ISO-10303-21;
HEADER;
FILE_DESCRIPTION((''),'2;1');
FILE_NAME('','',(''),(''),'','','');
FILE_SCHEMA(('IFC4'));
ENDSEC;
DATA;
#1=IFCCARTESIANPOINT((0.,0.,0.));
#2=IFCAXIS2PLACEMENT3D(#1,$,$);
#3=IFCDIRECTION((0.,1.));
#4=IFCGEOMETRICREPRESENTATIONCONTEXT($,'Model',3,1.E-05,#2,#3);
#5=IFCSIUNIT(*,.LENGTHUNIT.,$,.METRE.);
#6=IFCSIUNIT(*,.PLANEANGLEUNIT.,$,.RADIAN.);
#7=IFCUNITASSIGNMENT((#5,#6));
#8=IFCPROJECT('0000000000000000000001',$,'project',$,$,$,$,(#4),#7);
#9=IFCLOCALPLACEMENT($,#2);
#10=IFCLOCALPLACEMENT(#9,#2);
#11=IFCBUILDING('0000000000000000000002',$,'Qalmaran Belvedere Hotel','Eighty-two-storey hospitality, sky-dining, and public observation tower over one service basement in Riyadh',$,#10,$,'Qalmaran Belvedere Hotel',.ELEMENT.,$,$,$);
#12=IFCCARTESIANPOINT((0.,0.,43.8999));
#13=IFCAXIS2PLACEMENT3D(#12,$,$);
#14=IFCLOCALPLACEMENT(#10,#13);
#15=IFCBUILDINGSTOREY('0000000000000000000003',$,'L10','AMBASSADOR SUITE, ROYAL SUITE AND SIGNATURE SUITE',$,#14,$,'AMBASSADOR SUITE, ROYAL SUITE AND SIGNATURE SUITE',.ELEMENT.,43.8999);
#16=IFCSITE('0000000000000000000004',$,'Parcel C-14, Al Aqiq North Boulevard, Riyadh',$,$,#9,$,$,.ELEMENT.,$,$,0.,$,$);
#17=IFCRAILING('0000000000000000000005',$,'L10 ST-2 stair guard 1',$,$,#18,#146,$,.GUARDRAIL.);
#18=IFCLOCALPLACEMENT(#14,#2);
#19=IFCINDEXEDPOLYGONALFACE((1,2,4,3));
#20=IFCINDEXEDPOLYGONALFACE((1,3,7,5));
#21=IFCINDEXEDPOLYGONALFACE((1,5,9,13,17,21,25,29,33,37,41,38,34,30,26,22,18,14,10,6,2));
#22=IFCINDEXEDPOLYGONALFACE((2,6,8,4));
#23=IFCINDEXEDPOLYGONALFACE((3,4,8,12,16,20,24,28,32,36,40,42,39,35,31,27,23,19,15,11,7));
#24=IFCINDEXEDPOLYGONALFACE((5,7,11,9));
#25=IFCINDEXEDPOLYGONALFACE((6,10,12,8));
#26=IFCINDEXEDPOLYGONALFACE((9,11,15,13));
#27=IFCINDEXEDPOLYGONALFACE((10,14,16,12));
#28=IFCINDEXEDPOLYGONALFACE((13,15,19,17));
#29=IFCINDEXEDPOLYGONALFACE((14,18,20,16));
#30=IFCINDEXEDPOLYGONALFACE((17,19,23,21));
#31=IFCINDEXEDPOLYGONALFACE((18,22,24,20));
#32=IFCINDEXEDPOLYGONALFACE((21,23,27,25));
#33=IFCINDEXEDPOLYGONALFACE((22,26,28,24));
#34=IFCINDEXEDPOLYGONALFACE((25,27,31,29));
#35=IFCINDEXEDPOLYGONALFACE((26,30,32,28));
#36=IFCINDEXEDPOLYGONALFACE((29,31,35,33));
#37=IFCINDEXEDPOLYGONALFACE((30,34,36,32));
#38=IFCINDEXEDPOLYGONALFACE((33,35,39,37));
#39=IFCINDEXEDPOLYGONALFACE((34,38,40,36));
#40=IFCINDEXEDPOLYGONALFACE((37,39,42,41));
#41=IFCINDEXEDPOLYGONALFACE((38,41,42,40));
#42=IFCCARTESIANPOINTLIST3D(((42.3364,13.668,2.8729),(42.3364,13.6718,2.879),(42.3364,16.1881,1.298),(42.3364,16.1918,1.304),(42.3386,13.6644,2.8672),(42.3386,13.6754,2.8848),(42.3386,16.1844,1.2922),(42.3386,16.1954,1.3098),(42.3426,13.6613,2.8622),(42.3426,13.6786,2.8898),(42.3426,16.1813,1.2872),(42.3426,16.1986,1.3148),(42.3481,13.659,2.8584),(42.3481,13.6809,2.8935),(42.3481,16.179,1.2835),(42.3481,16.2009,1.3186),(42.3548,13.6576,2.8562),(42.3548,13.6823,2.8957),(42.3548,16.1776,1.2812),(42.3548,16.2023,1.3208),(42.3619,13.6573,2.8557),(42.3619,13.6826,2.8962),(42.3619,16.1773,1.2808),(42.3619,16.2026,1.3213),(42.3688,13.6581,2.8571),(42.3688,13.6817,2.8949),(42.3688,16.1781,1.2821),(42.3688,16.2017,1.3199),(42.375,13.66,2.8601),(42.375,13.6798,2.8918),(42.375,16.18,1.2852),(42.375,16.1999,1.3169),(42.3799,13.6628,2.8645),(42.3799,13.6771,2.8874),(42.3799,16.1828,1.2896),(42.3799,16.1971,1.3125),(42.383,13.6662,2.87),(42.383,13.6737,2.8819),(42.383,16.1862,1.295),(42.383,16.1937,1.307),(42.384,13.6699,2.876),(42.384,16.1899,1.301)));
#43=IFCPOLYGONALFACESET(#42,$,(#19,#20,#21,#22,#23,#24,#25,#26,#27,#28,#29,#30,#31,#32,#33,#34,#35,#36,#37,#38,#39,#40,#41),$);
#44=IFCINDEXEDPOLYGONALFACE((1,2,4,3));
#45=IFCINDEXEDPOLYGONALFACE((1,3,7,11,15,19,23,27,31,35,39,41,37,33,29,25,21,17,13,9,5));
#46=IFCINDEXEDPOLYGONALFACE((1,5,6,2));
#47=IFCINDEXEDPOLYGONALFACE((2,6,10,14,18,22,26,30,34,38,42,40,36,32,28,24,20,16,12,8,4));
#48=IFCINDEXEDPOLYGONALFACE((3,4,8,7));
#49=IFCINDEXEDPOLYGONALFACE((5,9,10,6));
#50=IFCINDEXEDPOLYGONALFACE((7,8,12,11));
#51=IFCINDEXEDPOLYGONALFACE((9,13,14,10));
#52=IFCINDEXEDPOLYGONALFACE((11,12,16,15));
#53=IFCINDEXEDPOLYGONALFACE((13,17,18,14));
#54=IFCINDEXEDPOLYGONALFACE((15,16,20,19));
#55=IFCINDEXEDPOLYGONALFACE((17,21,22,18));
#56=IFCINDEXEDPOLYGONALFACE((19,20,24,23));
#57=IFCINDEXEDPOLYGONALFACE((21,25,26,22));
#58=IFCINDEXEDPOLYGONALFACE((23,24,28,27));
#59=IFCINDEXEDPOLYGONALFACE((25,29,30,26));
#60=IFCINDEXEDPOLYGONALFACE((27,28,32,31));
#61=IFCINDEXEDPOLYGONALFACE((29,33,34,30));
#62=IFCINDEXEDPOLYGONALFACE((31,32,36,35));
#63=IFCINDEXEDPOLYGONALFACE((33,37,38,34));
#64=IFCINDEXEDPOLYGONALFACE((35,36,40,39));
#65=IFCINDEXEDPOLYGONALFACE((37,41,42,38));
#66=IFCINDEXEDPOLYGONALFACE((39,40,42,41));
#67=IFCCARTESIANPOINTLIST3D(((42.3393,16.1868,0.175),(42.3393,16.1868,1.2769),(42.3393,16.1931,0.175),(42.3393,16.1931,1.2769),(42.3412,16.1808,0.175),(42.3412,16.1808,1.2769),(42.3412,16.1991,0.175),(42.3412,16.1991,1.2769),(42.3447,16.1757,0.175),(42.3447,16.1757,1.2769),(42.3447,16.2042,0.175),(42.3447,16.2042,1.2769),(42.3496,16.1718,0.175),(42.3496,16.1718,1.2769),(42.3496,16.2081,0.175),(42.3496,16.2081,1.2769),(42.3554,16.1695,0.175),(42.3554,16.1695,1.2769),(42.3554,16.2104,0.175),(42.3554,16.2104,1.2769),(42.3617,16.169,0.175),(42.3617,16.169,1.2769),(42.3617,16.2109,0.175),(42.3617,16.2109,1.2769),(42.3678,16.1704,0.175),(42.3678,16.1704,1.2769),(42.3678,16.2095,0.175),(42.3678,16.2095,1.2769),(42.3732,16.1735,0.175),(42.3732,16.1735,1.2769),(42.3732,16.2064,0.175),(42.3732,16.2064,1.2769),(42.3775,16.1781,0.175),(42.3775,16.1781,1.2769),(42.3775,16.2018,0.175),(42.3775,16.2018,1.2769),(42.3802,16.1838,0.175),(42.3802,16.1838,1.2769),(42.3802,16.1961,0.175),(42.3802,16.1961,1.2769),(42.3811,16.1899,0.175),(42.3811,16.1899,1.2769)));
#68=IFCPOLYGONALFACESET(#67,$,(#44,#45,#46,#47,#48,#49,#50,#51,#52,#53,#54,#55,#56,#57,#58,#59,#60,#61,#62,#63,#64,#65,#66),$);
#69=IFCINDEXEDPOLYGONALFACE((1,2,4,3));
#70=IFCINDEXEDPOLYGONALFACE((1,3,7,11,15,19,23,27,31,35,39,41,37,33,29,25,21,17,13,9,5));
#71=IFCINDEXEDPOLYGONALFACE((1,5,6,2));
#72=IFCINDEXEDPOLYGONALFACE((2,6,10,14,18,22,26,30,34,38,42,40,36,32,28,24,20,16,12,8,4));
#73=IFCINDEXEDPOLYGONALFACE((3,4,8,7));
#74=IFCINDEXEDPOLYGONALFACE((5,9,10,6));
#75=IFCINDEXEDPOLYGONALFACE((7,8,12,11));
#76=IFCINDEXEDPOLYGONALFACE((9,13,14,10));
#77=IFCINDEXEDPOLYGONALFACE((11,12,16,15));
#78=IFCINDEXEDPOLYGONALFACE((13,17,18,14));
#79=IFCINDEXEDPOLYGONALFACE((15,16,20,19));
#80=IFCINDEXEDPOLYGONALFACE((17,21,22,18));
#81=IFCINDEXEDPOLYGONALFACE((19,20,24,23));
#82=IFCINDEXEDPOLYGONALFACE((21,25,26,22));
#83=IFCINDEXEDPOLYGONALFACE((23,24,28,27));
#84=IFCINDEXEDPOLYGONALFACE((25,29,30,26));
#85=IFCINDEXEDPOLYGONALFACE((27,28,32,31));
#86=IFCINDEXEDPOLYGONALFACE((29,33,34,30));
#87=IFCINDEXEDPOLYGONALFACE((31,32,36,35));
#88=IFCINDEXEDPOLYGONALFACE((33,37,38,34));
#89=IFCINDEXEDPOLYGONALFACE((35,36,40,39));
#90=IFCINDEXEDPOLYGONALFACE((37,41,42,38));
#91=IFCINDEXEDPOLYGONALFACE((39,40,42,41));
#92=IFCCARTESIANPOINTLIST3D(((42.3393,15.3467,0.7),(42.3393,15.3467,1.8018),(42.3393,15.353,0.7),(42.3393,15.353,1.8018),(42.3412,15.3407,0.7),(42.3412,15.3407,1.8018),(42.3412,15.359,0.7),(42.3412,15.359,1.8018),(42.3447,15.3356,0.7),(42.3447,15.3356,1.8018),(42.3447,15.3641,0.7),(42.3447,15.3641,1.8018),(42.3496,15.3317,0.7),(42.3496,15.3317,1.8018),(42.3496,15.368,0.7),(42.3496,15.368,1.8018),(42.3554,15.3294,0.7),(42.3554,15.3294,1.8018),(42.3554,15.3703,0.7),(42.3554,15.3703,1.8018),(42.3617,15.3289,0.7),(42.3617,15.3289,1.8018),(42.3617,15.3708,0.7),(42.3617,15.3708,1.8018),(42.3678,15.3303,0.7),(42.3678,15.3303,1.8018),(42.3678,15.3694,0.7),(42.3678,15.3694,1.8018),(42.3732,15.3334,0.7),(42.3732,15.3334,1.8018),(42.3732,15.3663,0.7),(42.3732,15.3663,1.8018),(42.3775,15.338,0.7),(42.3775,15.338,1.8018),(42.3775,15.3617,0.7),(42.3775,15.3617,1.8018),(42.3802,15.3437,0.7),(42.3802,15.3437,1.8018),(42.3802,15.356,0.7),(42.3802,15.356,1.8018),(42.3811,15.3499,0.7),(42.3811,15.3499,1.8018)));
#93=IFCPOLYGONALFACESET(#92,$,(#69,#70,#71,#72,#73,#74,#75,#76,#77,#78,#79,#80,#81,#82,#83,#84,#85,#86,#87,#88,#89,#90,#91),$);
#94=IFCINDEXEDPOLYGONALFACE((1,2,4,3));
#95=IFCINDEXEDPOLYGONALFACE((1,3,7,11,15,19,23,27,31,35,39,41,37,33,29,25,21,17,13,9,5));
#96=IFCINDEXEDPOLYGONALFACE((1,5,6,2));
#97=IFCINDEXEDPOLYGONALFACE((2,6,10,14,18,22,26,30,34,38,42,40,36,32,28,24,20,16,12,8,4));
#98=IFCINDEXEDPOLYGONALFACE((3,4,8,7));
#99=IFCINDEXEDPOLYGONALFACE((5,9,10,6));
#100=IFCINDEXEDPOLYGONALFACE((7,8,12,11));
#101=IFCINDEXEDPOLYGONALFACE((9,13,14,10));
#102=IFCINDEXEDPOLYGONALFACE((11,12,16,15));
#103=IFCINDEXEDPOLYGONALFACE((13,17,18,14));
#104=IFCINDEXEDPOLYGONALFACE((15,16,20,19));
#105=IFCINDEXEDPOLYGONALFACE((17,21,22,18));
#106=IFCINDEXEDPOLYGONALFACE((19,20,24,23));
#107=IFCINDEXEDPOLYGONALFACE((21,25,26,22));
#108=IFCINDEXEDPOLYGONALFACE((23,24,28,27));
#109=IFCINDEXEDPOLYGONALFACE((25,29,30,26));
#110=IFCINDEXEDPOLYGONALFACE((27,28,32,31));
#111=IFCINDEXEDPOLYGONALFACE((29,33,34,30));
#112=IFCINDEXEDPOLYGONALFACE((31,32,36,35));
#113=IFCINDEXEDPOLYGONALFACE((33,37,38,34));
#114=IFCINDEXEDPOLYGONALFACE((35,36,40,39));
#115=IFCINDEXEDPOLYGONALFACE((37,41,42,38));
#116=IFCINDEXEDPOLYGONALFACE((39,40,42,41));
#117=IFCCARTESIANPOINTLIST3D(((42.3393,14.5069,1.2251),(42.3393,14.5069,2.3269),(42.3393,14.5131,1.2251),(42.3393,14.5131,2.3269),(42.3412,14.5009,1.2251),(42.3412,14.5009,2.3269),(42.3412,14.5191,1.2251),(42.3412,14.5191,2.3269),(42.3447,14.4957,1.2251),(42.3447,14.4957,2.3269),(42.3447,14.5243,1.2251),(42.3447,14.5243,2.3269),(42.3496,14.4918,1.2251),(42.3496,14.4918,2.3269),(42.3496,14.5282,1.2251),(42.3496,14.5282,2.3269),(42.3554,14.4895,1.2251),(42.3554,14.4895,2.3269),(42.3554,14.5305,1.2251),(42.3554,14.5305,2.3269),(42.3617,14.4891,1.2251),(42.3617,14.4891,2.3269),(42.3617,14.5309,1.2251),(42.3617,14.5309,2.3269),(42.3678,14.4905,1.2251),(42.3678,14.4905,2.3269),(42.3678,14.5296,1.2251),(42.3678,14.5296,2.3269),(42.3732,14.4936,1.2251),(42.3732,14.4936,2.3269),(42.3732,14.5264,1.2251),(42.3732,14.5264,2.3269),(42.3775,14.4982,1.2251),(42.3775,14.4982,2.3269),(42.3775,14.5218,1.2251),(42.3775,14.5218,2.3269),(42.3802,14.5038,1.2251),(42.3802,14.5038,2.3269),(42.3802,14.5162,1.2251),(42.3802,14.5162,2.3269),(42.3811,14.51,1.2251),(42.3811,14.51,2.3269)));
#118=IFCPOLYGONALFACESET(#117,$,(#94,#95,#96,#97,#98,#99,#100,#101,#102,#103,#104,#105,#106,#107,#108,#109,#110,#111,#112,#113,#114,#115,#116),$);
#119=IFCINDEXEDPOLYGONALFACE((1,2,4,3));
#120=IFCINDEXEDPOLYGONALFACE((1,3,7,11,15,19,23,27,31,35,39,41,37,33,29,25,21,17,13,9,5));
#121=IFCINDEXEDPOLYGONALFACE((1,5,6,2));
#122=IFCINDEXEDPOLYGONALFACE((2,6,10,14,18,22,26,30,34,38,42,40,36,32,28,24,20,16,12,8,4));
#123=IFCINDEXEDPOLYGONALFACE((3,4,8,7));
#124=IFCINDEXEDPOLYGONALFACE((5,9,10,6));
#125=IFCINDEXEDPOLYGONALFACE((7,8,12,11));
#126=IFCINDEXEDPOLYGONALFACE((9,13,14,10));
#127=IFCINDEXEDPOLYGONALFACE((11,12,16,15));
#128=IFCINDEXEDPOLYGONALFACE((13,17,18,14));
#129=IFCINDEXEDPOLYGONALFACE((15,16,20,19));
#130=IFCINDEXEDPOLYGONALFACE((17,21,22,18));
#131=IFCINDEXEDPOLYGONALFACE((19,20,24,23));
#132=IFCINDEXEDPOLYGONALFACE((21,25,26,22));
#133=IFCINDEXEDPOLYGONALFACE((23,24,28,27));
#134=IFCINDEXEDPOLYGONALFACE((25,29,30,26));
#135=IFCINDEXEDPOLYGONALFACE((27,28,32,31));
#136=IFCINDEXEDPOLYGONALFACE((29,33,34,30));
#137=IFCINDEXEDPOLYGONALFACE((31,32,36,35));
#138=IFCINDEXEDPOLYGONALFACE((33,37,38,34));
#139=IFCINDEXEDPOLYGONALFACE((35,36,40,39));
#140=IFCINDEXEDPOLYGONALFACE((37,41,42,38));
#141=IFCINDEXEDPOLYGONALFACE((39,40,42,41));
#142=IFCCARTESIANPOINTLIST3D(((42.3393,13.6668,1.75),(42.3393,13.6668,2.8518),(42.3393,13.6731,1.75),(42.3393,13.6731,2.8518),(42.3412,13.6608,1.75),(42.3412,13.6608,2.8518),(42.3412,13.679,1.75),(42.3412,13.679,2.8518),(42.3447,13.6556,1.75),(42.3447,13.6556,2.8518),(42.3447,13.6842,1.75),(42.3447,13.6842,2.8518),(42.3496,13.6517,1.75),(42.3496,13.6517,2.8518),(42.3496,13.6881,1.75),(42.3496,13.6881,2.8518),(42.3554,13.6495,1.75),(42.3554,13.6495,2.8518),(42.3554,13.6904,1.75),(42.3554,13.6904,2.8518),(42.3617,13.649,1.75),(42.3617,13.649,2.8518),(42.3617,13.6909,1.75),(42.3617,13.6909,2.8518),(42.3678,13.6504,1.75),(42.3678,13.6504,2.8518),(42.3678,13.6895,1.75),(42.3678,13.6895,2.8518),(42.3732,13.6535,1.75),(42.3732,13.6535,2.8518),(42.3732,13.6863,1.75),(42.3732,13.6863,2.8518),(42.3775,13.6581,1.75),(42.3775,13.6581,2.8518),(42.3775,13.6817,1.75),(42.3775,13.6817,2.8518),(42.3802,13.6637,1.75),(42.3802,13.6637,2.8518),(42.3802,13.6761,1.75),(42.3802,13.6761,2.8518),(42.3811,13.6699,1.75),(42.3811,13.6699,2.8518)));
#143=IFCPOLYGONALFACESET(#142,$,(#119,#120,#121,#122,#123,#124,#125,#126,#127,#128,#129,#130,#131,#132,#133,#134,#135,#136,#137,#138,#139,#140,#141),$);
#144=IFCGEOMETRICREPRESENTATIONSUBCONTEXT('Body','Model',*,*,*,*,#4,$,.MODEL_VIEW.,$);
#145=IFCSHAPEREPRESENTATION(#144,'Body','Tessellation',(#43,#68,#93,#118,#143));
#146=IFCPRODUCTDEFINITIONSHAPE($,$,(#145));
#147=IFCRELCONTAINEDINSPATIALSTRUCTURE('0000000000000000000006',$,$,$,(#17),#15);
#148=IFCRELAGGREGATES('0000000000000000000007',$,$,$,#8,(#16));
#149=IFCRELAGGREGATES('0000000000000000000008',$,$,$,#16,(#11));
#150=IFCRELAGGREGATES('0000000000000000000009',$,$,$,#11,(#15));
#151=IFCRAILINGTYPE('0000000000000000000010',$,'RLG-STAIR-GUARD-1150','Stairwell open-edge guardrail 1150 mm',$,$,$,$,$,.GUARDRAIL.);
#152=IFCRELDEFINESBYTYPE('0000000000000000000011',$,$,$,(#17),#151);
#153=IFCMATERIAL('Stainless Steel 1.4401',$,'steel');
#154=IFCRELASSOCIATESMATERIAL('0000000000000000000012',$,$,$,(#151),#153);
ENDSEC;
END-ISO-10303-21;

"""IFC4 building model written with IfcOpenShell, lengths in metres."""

from ifc_helpers import new_model, si_unit, direction, frame, origin, origin_2d, place, context, subcontext, project, spatial, circle, extrude, material, type_object, element, save


model = new_model("IFC4")

# Units and contexts
model_context = context("Model", 3, precision=1e-05, world=origin(), true_north=direction((0.0, 1.0)))
body_context = subcontext(model_context, "Body", "Model", "MODEL_VIEW")
ifc_project = project(units=[si_unit("LENGTHUNIT", "METRE"), si_unit("PLANEANGLEUNIT", "RADIAN")], contexts=[model_context])

# Site, building, storey
site_placement = place(None, origin())
site = spatial("IfcSite", under=ifc_project, at=site_placement, Name="Parcel C-14, Al Aqiq North Boulevard, Riyadh", CompositionType="ELEMENT", RefElevation=0.0)
building_placement = place(site_placement, origin())
building = spatial("IfcBuilding", under=site, at=building_placement, Name="Qalmaran Belvedere Hotel", Description="Eighty-two-storey hospitality, sky-dining, and public observation tower over one service basement in Riyadh", LongName="Qalmaran Belvedere Hotel", CompositionType="ELEMENT")
storey_placement = place(building_placement, frame((0.0, 0.0, 43.8999)))
storey = spatial("IfcBuildingStorey", under=building, at=storey_placement, Name="L10", Description="AMBASSADOR SUITE, ROYAL SUITE AND SIGNATURE SUITE", LongName="AMBASSADOR SUITE, ROYAL SUITE AND SIGNATURE SUITE", CompositionType="ELEMENT", Elevation=43.8999)

# Shared definitions
ifc_material_1 = material(Name="Stainless Steel 1.4401", Category="steel")

# Railing
railing_type_1 = type_object("IfcRailingType", Name="RLG-STAIR-GUARD-1150", Description="Stairwell open-edge guardrail 1150 mm", PredefinedType="GUARDRAIL", material=ifc_material_1)
railing_1_placement = place(storey_placement, frame((42.3601, 16.1899, 0.175)))
element("IfcRailing", 1, at=railing_1_placement, inside=storey, type_object=railing_type_1, Name="L10 ST-2 stair guard 1", PredefinedType="GUARDRAIL", context=body_context, shape_type="SweptSolid", body=[
    extrude(circle(Radius=0.0239, at=origin_2d()), frame((0.0, 0.0, 1.126), z_axis=(0.0, -0.848008, 0.529984), x_axis=(1.0, 0.0, 0.0)), (0.0, 0.0, 1.0), 2.9717),
    extrude(circle(Radius=0.021, at=origin_2d()), origin(), (0.0, 0.0, 1.0), 1.1018),
    extrude(circle(Radius=0.021, at=origin_2d()), frame((0.0, -0.8401, 0.5249)), (0.0, 0.0, 1.0), 1.1018),
    extrude(circle(Radius=0.021, at=origin_2d()), frame((0.0, -1.6799, 1.05)), (0.0, 0.0, 1.0), 1.1018),
    extrude(circle(Radius=0.021, at=origin_2d()), frame((0.0, -2.52, 1.575)), (0.0, 0.0, 1.0), 1.1018),
])

save(model, "model.ifc")
